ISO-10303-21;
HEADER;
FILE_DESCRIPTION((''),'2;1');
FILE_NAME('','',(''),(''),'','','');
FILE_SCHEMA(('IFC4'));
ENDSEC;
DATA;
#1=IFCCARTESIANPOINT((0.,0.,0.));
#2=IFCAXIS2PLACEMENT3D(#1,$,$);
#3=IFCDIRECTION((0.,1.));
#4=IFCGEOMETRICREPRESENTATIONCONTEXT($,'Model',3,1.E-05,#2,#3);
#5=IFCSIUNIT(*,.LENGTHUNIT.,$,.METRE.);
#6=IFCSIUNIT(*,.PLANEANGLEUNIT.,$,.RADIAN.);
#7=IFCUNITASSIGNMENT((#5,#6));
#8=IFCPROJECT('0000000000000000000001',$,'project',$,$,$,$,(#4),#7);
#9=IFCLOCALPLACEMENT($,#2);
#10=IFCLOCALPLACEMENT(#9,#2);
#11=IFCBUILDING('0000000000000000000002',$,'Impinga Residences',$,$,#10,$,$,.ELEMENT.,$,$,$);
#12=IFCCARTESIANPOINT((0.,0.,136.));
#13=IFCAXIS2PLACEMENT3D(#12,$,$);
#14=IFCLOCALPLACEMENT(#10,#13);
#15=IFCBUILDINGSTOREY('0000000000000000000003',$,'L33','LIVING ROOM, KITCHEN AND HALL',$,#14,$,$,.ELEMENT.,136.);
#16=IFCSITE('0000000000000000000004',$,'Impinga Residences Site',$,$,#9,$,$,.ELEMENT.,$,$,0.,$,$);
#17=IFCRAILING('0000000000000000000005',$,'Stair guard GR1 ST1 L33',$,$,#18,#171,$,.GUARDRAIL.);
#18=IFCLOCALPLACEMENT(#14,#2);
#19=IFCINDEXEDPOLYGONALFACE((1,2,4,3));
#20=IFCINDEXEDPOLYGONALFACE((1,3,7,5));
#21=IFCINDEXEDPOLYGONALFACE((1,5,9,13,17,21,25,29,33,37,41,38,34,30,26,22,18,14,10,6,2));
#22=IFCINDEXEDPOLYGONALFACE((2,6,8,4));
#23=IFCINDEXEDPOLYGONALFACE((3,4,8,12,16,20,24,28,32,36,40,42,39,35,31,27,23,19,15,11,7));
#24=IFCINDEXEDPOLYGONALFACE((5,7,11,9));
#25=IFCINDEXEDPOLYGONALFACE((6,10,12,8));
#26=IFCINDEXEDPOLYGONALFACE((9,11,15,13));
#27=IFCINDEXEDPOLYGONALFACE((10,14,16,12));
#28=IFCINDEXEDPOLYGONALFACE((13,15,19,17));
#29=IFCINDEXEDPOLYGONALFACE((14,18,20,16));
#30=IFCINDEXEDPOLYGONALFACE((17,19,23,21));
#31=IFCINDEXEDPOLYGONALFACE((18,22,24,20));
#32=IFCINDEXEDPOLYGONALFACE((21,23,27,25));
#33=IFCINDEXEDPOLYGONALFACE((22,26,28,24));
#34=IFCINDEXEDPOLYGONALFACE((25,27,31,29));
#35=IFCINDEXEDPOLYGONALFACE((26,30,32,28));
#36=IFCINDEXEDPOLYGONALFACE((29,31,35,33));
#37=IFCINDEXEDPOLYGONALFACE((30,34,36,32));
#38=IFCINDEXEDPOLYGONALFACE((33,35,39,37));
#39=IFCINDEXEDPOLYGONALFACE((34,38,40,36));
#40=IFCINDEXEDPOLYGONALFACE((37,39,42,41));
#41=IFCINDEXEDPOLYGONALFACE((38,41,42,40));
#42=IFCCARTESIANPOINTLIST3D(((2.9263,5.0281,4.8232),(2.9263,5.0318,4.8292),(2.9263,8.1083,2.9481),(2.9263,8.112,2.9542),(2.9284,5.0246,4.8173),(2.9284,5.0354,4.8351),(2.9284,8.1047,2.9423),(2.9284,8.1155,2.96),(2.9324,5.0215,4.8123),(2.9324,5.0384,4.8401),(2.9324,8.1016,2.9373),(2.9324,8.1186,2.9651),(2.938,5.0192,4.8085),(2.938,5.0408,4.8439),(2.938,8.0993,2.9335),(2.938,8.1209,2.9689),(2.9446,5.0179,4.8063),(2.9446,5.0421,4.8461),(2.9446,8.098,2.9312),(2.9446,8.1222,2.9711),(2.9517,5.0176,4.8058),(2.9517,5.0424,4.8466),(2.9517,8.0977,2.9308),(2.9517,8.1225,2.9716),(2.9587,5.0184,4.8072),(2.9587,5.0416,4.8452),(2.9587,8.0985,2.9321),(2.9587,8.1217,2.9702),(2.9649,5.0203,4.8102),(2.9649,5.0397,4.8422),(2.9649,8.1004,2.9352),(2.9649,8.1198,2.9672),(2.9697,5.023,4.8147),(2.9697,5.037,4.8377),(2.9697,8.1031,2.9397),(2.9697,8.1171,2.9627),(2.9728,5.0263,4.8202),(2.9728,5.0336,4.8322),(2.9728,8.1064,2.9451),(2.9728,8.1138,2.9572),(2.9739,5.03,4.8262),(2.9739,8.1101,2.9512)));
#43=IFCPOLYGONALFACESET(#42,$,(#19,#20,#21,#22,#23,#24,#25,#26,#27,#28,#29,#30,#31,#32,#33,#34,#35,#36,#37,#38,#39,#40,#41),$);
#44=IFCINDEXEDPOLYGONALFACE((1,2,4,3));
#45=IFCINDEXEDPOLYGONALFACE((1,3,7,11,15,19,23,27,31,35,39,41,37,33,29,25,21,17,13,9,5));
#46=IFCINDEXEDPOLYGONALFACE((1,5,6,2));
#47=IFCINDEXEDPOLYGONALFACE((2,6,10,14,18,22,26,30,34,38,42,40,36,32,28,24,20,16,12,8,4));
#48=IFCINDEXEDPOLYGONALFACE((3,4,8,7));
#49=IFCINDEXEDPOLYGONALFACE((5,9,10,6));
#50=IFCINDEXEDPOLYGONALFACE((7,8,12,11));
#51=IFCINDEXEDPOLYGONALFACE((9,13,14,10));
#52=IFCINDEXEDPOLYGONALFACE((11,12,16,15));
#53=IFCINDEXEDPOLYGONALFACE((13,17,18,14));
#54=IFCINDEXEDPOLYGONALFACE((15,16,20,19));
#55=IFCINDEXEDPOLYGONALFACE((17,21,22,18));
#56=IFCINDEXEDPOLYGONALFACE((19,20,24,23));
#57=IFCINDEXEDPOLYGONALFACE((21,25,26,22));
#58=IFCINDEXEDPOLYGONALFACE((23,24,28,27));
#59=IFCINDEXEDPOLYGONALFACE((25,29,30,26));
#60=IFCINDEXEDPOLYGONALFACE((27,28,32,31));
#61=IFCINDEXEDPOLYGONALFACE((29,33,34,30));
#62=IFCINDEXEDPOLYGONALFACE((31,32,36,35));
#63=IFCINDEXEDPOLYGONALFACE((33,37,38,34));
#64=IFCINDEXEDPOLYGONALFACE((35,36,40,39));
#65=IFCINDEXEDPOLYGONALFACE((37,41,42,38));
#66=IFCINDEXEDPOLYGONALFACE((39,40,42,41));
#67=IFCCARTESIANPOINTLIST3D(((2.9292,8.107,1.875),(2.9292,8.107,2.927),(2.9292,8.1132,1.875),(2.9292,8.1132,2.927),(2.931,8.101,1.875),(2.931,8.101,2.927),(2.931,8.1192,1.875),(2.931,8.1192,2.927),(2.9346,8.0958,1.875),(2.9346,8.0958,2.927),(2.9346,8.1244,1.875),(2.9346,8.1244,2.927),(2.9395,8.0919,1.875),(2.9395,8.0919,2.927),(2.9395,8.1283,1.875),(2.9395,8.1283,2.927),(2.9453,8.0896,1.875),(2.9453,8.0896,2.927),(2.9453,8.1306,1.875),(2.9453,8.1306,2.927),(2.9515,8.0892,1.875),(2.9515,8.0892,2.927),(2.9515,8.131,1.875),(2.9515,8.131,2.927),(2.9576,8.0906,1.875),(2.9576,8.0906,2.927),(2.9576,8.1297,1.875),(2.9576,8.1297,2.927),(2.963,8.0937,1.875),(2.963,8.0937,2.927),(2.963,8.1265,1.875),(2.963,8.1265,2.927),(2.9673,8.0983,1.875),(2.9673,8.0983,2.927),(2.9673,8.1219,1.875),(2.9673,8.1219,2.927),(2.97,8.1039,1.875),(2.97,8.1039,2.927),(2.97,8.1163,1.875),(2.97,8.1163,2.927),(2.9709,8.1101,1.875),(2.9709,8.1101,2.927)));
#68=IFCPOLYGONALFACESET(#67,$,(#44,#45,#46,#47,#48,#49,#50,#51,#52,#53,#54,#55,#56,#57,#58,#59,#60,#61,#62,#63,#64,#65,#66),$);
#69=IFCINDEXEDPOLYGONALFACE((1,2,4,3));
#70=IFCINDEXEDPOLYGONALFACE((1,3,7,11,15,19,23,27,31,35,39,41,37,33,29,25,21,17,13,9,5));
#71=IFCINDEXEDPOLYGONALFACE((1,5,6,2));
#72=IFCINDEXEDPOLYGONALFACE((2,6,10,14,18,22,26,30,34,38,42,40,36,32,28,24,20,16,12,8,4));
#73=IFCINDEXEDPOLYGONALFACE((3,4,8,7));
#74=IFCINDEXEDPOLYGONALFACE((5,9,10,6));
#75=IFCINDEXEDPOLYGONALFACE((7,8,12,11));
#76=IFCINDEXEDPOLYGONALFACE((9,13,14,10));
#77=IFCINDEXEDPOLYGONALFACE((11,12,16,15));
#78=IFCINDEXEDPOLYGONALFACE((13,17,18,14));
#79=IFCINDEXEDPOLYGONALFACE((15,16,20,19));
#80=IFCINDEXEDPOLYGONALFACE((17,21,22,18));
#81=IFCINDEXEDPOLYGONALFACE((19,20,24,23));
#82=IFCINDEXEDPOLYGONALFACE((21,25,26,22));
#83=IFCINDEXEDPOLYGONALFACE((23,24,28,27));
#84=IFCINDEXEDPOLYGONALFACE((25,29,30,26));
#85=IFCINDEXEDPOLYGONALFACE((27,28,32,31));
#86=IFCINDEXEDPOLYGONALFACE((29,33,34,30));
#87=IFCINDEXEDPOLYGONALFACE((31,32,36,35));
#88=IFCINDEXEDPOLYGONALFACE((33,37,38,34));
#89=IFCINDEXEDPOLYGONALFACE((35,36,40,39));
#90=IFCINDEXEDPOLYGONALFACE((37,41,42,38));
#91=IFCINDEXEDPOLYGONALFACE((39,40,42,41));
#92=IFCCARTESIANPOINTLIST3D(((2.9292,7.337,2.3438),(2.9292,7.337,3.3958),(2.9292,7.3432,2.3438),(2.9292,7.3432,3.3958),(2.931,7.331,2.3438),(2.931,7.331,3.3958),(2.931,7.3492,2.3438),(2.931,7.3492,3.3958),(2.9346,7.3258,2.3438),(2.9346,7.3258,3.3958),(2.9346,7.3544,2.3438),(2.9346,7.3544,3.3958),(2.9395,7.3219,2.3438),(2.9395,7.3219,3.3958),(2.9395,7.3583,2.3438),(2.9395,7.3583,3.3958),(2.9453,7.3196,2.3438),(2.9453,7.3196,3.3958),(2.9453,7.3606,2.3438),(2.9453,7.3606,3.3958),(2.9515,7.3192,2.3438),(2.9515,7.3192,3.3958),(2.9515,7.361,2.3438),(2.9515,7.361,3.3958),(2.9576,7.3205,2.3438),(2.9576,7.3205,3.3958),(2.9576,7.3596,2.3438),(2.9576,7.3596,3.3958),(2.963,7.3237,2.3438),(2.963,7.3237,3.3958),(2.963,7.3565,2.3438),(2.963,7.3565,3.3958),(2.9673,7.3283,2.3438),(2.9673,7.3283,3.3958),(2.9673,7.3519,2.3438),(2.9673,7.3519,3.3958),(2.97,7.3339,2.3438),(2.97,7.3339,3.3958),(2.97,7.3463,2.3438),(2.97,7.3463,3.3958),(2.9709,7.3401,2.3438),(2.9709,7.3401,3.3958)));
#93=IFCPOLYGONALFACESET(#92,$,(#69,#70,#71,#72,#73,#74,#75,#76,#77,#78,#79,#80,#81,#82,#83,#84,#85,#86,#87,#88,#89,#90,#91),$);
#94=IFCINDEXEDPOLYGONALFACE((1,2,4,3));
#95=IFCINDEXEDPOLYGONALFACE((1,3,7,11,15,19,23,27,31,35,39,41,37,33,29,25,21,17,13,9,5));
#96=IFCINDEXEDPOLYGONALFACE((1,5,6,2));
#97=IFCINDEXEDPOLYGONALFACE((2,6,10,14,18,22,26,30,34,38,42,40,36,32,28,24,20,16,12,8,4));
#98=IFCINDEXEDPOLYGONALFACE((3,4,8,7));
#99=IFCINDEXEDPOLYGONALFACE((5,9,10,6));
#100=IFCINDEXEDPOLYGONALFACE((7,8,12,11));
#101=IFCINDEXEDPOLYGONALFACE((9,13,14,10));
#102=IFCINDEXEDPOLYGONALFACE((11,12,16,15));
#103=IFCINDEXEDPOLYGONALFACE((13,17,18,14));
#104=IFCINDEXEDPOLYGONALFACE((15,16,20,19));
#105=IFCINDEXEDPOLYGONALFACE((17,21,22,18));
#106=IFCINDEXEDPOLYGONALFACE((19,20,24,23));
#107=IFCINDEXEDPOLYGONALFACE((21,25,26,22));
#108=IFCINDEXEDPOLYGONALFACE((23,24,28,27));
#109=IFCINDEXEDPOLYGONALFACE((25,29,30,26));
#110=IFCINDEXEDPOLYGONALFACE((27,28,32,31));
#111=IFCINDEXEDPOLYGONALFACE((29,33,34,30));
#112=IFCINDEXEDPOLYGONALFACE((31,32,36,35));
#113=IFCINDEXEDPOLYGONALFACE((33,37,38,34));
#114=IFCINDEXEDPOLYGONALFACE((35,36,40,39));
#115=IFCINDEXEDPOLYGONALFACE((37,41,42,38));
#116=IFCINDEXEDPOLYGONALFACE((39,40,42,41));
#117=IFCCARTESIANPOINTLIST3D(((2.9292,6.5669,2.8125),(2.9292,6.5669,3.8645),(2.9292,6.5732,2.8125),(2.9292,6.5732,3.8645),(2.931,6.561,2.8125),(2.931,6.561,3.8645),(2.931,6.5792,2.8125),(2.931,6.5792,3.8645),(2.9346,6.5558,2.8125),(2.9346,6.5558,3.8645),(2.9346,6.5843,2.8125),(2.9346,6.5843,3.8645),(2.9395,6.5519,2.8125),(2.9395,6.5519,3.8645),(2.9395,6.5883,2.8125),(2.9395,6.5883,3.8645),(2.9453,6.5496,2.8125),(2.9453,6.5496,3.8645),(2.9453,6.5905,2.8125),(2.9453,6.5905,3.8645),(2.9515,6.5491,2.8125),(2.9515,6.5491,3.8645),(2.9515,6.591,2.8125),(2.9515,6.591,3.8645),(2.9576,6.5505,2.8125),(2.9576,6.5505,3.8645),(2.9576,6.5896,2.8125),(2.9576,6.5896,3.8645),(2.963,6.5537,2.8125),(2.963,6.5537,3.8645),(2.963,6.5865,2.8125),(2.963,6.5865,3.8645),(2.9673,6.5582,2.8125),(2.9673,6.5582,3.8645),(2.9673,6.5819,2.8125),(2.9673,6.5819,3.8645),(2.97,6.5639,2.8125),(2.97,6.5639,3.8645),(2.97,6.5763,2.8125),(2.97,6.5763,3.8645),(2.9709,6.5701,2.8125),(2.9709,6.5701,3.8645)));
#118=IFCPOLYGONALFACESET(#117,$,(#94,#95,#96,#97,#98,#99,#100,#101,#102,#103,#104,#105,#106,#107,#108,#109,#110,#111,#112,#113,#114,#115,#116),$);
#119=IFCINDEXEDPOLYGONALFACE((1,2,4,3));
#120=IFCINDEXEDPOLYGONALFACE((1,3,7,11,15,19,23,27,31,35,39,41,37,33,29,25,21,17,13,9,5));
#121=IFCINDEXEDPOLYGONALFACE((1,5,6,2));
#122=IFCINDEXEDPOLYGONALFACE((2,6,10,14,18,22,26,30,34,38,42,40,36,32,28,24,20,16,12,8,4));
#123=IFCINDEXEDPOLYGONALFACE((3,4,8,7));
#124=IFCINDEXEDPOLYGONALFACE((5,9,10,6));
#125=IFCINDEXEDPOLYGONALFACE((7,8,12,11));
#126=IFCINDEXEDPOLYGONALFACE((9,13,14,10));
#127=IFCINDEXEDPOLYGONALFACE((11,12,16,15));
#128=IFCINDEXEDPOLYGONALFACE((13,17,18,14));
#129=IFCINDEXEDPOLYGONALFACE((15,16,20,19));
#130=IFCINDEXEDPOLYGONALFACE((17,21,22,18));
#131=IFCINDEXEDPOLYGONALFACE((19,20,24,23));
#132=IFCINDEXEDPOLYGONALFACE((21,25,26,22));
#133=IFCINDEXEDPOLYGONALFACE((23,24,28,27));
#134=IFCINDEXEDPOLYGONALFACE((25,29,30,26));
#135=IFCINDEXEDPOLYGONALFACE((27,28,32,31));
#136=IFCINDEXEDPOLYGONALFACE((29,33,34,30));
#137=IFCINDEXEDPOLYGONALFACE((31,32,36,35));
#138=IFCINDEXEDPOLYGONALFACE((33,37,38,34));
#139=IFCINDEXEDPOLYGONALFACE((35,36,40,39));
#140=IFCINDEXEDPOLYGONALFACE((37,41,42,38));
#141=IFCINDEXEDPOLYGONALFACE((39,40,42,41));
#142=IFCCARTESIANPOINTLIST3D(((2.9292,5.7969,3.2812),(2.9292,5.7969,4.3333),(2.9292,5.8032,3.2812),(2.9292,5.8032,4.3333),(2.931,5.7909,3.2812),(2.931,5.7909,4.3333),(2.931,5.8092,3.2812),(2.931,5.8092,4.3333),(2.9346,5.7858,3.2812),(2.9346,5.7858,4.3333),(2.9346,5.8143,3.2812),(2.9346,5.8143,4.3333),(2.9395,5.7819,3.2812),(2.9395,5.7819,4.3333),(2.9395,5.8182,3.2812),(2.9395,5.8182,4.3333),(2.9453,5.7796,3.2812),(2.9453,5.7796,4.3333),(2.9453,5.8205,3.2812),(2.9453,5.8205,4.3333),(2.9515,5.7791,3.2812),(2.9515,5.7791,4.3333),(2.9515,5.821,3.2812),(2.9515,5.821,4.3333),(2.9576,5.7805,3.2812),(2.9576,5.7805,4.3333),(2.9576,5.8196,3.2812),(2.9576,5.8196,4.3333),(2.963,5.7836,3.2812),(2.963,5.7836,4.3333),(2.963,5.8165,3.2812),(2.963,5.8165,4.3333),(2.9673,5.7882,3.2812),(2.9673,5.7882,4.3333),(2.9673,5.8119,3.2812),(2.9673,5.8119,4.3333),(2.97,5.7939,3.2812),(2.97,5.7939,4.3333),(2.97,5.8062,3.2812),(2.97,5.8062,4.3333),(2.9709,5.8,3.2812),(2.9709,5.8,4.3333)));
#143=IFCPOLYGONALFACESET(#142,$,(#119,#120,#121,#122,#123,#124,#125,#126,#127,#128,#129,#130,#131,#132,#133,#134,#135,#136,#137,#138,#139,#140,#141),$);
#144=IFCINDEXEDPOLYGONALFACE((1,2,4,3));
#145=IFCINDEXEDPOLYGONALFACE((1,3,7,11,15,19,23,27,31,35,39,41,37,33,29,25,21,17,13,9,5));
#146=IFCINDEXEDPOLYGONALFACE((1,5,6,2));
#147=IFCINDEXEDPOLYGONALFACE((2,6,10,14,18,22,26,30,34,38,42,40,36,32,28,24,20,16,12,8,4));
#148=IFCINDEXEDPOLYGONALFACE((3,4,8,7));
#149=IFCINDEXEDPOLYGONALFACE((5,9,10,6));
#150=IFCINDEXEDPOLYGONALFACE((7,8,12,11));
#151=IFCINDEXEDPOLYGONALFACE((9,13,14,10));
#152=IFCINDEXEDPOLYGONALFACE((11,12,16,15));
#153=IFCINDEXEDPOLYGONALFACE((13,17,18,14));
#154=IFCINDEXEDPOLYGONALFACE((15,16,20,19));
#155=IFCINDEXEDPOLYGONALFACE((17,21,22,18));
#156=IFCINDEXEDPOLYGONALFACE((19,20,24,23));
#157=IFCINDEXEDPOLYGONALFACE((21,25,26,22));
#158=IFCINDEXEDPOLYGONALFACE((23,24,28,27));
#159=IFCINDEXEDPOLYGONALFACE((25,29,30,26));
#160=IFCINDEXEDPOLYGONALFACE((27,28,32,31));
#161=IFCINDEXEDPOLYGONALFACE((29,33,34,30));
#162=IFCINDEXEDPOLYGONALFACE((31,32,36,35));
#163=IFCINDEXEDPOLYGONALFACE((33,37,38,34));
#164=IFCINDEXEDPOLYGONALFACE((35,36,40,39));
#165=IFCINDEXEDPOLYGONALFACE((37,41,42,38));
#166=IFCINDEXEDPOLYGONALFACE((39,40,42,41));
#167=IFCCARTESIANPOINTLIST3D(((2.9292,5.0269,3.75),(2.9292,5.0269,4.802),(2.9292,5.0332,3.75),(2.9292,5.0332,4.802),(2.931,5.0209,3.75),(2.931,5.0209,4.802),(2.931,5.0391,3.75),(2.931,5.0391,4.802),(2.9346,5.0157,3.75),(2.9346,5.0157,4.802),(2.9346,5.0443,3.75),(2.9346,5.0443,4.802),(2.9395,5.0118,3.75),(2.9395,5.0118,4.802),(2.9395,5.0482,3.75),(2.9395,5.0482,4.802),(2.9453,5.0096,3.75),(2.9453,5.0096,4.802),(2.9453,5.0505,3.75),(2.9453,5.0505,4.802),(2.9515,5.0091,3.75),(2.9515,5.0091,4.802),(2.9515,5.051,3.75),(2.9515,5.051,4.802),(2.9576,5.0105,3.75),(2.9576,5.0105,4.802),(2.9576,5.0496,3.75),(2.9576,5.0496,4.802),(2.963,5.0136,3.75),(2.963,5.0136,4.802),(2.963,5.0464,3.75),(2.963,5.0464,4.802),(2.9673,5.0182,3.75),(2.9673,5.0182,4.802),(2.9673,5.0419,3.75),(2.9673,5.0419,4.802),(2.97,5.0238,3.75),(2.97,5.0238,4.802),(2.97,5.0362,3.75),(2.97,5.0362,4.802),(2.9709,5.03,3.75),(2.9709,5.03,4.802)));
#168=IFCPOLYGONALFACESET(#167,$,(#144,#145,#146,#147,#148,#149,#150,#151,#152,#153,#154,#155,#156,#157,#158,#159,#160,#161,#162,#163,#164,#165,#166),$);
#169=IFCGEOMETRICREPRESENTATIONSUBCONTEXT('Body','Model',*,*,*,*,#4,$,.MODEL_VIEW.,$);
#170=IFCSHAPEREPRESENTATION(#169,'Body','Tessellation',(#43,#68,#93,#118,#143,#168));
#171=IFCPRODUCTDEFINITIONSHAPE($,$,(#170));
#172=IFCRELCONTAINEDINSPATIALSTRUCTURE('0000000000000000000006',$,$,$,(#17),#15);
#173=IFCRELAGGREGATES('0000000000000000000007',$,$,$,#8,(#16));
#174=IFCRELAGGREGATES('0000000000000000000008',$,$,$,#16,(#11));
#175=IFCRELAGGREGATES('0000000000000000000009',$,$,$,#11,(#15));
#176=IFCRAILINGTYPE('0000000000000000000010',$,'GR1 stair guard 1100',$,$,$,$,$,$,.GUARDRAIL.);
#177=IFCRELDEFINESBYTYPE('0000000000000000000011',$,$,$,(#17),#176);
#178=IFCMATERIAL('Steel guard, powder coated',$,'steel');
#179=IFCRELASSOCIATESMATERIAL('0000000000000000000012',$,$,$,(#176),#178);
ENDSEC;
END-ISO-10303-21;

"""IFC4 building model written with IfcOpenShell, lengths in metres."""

from ifc_helpers import new_model, si_unit, direction, frame, origin, origin_2d, place, context, subcontext, project, spatial, circle, extrude, material, type_object, element, save


model = new_model("IFC4")

# Units and contexts
model_context = context("Model", 3, precision=1e-05, world=origin(), true_north=direction((0.0, 1.0)))
body_context = subcontext(model_context, "Body", "Model", "MODEL_VIEW")
ifc_project = project(units=[si_unit("LENGTHUNIT", "METRE"), si_unit("PLANEANGLEUNIT", "RADIAN")], contexts=[model_context])

# Site, building, storey
site_placement = place(None, origin())
site = spatial("IfcSite", under=ifc_project, at=site_placement, Name="Impinga Residences Site", CompositionType="ELEMENT", RefElevation=0.0)
building_placement = place(site_placement, origin())
building = spatial("IfcBuilding", under=site, at=building_placement, Name="Impinga Residences", CompositionType="ELEMENT")
storey_placement = place(building_placement, frame((0.0, 0.0, 136.0)))
storey = spatial("IfcBuildingStorey", under=building, at=storey_placement, Name="L33", Description="LIVING ROOM, KITCHEN AND HALL", CompositionType="ELEMENT", Elevation=136.0)

# Railing
ifc_material_1 = material(Name="Steel guard, powder coated", Category="steel")
railing_type_1 = type_object("IfcRailingType", Name="GR1 stair guard 1100", PredefinedType="GUARDRAIL", material=ifc_material_1)
railing_1_placement = place(storey_placement, frame((2.95, 8.1101, 1.875)))
element("IfcRailing", 1, at=railing_1_placement, inside=storey, type_object=railing_type_1, Name="Stair guard GR1 ST1 L33", PredefinedType="GUARDRAIL", context=body_context, shape_type="SweptSolid", body=[
    extrude(circle(Radius=0.0239, at=origin_2d()), frame((0.0, 0.0, 1.0762), z_axis=(0.0, -0.854178, 0.519981), x_axis=(1.0, 0.0, 0.0)), (0.0, 0.0, 1.0), 3.606),
    extrude(circle(Radius=0.021, at=origin_2d()), origin(), (0.0, 0.0, 1.0), 1.052),
    extrude(circle(Radius=0.021, at=origin_2d()), frame((0.0, -0.77, 0.4688)), (0.0, 0.0, 1.0), 1.052),
    extrude(circle(Radius=0.021, at=origin_2d()), frame((0.0, -1.54, 0.9375)), (0.0, 0.0, 1.0), 1.052),
    extrude(circle(Radius=0.021, at=origin_2d()), frame((0.0, -2.3101, 1.4062)), (0.0, 0.0, 1.0), 1.052),
    extrude(circle(Radius=0.021, at=origin_2d()), frame((0.0, -3.0801, 1.875)), (0.0, 0.0, 1.0), 1.052),
])

save(model, "model.ifc")
